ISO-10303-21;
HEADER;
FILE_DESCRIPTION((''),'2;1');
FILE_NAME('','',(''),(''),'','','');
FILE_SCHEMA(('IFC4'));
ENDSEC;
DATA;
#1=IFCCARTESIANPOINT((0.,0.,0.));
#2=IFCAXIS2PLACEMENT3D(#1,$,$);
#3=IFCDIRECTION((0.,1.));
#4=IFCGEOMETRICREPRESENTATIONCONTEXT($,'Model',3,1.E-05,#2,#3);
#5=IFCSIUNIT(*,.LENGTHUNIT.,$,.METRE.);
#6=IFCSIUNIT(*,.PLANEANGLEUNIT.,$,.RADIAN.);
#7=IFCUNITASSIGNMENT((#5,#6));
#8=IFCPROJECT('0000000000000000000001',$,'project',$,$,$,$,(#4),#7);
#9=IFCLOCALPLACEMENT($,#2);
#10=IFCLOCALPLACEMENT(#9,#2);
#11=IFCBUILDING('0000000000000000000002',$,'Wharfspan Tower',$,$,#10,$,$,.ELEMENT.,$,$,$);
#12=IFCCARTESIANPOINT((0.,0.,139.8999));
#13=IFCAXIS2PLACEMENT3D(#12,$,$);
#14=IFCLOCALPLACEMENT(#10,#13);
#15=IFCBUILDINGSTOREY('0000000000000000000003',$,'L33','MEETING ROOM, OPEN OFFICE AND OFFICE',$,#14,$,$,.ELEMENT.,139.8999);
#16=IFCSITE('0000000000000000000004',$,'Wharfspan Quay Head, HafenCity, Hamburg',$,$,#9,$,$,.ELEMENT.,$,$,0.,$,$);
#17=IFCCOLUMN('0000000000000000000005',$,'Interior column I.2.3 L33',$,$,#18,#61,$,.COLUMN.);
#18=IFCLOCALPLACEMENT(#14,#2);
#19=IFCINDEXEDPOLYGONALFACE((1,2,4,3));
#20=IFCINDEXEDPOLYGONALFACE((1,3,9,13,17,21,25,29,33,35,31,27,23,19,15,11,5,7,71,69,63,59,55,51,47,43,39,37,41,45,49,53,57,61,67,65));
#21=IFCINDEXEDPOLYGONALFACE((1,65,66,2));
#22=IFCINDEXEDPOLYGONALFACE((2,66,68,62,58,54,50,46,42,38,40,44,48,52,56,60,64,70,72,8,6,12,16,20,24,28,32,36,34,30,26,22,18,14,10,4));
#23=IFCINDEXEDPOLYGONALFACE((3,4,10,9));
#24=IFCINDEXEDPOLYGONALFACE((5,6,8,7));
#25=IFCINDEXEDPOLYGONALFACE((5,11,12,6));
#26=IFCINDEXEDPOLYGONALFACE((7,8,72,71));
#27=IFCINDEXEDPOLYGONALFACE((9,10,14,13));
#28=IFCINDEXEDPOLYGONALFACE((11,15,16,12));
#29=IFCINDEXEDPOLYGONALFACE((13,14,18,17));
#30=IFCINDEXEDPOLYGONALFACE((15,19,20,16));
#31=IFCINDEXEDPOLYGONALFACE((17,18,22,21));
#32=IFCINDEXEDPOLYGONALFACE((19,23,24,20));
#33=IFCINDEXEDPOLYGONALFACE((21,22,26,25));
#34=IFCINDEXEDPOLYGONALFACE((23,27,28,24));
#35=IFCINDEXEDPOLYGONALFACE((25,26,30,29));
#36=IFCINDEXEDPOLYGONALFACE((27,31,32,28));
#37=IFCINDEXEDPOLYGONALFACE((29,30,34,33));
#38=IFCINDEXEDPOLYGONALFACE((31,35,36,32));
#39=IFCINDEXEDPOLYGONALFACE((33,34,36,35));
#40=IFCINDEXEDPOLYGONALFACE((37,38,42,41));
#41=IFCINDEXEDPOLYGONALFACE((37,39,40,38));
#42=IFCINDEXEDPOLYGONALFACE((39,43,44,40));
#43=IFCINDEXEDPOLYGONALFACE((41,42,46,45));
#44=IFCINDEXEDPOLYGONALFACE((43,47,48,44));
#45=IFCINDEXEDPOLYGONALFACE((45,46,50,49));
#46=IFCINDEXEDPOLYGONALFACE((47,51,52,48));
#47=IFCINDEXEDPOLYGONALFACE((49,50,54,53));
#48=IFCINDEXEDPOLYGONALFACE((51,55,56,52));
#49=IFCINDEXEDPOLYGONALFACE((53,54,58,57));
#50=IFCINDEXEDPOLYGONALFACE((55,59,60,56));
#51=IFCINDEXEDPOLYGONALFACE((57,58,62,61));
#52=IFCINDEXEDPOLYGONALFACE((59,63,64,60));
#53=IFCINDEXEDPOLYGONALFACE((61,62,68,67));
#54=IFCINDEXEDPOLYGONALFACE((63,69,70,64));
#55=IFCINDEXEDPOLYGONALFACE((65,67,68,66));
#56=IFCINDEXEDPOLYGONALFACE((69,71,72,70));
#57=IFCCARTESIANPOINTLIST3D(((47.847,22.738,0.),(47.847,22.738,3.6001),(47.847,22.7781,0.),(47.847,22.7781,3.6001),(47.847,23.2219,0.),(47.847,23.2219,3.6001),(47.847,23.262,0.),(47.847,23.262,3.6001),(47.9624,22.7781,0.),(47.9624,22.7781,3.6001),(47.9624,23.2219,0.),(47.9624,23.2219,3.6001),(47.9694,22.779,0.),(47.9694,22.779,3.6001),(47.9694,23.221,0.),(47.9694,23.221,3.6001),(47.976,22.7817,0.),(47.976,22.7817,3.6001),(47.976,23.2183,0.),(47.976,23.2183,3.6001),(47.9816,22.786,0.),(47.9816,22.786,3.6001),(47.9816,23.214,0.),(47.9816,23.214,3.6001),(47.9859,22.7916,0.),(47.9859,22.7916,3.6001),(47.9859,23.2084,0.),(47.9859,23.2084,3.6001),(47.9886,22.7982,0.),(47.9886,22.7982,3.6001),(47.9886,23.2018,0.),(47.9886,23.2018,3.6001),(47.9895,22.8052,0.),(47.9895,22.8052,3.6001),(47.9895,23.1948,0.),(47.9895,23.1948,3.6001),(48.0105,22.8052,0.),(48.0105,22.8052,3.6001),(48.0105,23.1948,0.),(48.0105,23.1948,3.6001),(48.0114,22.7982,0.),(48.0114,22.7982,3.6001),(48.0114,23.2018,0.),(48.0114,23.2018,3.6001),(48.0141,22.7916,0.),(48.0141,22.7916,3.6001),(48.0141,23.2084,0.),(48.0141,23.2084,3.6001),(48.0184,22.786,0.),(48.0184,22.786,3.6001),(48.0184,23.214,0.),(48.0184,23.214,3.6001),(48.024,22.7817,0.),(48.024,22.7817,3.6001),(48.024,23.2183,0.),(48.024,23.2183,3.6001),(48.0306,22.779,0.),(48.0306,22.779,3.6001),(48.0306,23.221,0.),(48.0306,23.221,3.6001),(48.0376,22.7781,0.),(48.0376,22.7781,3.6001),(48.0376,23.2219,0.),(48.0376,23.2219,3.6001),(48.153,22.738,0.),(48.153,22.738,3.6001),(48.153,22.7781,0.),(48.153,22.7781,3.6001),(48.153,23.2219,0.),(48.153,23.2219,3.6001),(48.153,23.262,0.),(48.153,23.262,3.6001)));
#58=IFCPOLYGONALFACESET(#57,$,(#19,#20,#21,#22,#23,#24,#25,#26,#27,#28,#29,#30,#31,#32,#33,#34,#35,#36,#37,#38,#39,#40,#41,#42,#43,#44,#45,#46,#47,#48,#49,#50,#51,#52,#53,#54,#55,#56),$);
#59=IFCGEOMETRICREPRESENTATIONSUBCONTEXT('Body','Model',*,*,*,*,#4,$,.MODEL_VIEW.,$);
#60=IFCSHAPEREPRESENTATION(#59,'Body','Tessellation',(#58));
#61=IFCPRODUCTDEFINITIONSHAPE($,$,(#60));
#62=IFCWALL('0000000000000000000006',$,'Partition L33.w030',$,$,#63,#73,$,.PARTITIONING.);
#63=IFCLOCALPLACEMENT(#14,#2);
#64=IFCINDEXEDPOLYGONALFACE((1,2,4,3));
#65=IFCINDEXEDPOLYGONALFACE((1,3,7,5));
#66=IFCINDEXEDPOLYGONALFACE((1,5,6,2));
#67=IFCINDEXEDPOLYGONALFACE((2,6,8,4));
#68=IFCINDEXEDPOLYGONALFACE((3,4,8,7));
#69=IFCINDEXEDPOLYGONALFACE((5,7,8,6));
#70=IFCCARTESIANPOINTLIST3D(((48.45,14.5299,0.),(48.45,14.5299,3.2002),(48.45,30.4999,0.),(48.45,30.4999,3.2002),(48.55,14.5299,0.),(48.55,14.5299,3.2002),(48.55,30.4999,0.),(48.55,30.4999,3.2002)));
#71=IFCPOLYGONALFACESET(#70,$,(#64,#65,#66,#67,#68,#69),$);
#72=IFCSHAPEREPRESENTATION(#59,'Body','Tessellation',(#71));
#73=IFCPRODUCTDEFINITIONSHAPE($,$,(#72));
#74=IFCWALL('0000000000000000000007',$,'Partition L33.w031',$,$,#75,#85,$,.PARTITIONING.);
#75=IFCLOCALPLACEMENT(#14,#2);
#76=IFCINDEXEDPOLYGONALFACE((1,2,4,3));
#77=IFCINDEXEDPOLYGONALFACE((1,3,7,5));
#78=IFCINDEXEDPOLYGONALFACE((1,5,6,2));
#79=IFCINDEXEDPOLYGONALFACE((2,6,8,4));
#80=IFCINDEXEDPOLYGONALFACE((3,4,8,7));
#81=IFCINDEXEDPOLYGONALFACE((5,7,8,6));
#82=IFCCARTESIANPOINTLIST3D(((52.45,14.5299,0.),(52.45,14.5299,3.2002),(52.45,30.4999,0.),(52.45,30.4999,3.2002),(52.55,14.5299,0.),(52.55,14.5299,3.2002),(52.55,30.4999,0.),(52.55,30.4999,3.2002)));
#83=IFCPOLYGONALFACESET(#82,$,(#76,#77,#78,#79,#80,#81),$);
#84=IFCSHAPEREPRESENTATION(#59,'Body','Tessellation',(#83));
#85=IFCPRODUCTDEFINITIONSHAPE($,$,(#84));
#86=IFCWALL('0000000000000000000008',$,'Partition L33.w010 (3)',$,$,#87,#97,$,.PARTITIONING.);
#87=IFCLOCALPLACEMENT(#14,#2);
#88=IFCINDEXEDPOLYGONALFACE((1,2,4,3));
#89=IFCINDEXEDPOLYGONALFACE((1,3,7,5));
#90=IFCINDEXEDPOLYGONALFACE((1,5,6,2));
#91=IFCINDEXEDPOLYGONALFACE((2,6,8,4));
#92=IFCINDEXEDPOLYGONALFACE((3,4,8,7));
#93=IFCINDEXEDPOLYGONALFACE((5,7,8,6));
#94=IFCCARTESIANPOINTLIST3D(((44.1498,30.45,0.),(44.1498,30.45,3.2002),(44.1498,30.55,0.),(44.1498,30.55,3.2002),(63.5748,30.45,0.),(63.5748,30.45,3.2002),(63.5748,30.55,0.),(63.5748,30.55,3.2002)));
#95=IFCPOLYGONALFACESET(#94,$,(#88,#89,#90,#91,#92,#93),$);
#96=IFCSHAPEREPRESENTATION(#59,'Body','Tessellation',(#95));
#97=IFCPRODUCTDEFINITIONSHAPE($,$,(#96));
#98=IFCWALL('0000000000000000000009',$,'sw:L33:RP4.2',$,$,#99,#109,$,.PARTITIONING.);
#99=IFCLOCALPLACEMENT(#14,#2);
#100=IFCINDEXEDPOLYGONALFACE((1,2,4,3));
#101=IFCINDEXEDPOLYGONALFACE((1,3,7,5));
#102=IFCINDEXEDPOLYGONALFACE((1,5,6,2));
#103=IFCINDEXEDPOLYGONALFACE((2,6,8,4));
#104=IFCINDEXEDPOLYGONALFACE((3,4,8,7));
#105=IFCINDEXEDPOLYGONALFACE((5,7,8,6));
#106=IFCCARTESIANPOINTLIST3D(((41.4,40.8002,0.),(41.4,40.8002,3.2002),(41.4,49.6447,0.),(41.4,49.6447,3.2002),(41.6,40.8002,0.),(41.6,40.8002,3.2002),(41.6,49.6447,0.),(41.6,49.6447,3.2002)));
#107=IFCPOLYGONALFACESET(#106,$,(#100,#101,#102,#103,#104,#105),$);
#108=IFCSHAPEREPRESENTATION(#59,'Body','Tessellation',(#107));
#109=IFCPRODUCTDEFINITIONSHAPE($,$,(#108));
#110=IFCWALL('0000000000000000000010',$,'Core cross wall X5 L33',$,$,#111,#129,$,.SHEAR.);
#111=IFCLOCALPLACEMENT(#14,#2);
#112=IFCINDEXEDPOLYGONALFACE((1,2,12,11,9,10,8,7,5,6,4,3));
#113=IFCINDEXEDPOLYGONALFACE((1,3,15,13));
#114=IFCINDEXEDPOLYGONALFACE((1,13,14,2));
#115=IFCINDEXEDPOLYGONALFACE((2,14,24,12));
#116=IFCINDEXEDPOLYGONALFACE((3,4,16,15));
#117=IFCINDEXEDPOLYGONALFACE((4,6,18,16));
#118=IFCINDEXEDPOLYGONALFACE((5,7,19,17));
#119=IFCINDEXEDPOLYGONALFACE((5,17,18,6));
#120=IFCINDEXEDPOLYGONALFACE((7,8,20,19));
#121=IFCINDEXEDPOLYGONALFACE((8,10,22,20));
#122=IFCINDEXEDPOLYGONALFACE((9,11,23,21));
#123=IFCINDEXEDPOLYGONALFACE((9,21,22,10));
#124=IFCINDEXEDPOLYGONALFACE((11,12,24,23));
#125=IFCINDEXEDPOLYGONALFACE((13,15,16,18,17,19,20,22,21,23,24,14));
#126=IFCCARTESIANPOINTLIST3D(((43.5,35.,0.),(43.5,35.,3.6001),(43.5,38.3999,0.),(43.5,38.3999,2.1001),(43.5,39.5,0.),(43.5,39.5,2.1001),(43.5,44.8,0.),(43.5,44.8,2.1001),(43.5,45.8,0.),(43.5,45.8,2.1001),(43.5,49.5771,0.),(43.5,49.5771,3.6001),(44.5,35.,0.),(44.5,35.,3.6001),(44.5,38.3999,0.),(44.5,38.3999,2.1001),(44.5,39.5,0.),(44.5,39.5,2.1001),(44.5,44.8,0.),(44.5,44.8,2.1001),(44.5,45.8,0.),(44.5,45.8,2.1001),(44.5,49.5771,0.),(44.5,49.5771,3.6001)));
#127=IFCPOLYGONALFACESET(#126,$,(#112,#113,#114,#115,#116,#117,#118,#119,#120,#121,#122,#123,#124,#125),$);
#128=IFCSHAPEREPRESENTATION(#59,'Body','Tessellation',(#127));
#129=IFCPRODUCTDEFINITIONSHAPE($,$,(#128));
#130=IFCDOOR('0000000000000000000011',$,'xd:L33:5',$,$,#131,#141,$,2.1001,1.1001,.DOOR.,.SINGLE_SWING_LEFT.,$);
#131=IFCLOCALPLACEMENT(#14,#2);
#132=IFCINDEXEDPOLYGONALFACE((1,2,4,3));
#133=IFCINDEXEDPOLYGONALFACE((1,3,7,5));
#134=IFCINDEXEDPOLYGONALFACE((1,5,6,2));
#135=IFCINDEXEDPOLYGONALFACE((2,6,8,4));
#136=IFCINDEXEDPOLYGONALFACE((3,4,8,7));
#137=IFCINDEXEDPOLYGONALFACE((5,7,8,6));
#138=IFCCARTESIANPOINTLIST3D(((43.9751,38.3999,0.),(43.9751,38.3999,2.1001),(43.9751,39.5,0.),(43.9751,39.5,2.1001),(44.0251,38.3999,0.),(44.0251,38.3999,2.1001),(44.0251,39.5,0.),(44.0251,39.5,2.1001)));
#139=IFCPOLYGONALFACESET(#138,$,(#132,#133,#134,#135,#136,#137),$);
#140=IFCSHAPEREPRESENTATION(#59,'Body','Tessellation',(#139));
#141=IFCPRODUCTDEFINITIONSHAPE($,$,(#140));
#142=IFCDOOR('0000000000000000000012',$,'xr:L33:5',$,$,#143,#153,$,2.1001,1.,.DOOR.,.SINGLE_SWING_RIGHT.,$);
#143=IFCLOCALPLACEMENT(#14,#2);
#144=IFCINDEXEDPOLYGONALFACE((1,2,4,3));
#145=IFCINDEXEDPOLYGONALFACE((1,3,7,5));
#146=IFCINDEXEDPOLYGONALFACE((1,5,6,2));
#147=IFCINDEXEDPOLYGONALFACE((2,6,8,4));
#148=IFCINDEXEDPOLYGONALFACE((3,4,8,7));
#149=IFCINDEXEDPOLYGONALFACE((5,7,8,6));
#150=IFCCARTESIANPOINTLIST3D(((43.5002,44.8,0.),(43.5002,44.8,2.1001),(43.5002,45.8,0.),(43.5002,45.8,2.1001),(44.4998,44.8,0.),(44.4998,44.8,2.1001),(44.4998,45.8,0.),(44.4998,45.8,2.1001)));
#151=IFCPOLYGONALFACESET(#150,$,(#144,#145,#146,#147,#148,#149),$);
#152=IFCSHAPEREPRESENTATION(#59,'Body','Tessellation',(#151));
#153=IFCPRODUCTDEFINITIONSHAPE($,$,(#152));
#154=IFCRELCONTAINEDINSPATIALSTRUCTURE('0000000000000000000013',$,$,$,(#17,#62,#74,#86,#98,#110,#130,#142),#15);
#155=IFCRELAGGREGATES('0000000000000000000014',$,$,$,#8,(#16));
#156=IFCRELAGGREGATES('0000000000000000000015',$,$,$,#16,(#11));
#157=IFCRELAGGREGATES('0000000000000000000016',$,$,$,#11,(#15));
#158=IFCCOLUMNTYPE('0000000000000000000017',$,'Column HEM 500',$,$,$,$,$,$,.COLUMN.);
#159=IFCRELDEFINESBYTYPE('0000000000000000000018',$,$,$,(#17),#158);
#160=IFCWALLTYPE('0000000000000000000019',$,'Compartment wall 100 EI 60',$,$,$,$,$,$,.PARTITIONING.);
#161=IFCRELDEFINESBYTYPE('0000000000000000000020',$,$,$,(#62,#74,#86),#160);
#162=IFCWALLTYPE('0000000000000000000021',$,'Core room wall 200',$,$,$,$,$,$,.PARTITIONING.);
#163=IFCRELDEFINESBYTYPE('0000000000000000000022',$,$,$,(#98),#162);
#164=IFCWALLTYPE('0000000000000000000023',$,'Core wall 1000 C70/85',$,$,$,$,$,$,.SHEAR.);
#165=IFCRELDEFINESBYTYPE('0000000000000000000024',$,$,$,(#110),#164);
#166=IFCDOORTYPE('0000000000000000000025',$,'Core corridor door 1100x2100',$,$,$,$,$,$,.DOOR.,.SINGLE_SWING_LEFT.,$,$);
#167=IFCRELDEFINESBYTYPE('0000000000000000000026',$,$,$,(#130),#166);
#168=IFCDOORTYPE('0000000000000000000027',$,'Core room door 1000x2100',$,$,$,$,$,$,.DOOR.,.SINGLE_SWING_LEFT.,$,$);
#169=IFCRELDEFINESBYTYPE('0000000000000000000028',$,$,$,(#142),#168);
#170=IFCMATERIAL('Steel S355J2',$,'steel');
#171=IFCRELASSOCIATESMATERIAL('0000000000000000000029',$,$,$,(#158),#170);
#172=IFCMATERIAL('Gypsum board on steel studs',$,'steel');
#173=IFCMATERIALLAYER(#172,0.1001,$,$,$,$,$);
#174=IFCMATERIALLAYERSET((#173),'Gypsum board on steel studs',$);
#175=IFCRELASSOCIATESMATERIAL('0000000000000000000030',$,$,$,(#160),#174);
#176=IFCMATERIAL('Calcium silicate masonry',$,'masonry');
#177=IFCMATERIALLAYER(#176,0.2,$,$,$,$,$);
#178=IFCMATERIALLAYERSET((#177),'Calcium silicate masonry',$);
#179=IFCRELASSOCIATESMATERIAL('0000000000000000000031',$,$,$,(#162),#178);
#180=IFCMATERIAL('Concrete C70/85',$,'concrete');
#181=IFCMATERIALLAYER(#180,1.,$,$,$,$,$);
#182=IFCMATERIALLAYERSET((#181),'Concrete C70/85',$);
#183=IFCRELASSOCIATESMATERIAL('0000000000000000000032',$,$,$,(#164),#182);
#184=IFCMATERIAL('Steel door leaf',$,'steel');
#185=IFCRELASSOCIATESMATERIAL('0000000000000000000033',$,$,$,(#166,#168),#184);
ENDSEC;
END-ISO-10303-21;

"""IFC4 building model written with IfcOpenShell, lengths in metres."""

from ifc_helpers import new_model, si_unit, direction, frame, frame_2d, origin, origin_2d, place, context, subcontext, project, spatial, rectangle, i_section, extrude, material, layer, layer_set, material_profile, profile_set, type_object, element, fill, save


model = new_model("IFC4")

# Units and contexts
model_context = context("Model", 3, precision=1e-05, world=origin(), true_north=direction((0.0, 1.0)))
body_context = subcontext(model_context, "Body", "Model", "MODEL_VIEW")
ifc_project = project(units=[si_unit("LENGTHUNIT", "METRE"), si_unit("PLANEANGLEUNIT", "RADIAN")], contexts=[model_context])

# Site, building, storey
site_placement = place(None, origin())
site = spatial("IfcSite", under=ifc_project, at=site_placement, Name="Wharfspan Quay Head, HafenCity, Hamburg", CompositionType="ELEMENT", RefElevation=0.0)
building_placement = place(site_placement, origin())
building = spatial("IfcBuilding", under=site, at=building_placement, Name="Wharfspan Tower", CompositionType="ELEMENT")
storey_placement = place(building_placement, frame((0.0, 0.0, 139.8999)))
storey = spatial("IfcBuildingStorey", under=building, at=storey_placement, Name="L33", Description="MEETING ROOM, OPEN OFFICE AND OFFICE", CompositionType="ELEMENT", Elevation=139.8999)

# Column
ifc_material_1 = material(Name="Steel S355J2", Category="steel")
ifc_material_profile = material_profile(ifc_material_1, i_section(OverallWidth=0.3059, OverallDepth=0.5239, WebThickness=0.021, FlangeThickness=0.04, FilletRadius=0.0271, at=origin_2d()))
ifc_profile_set = profile_set([ifc_material_profile], Name="Steel S355J2")
column_type = type_object("IfcColumnType", Name="Column HEM 500", PredefinedType="COLUMN", material=ifc_profile_set)
column_placement = place(storey_placement, frame((48.0, 23.0, 0.0), z_axis=(0.0, 0.0, 1.0), x_axis=(1.0, 0.0, 0.0)))
element("IfcColumn", 1, at=column_placement, inside=storey, type_object=column_type, Name="Interior column I.2.3 L33", PredefinedType="COLUMN", context=body_context, shape_type="SweptSolid", body=[
    extrude(i_section(OverallWidth=0.3059, OverallDepth=0.5239, WebThickness=0.021, FlangeThickness=0.04, FilletRadius=0.0271, at=origin_2d()), origin(), (0.0, 0.0, 1.0), 3.6001),
])

# Walls
ifc_material_2 = material(Name="Gypsum board on steel studs", Category="steel")
ifc_layer_1 = layer(ifc_material_2, 0.1001)
ifc_layer_set_1 = layer_set([ifc_layer_1], Name="Gypsum board on steel studs")
wall_type_1 = type_object("IfcWallType", Name="Compartment wall 100 EI 60", PredefinedType="PARTITIONING", material=ifc_layer_set_1)
for number, where, z_axis, x_axis, name in (
    (2, (48.5, 14.53, 0.0), (0.0, 0.0, 1.0), (0.0, 1.0, 0.0), "Partition L33.w030"),
    (3, (52.5, 14.53, 0.0), (0.0, 0.0, 1.0), (0.0, 1.0, 0.0), "Partition L33.w031"),
):
    element("IfcWall", number, at=place(storey_placement, frame(where, z_axis=z_axis, x_axis=x_axis)), inside=storey, type_object=wall_type_1, Name=name, PredefinedType="PARTITIONING", context=body_context, shape_type="SweptSolid", body=[
        extrude(rectangle(XDim=15.97, YDim=0.1001, at=frame_2d((7.9849, 0.0))), origin(), (0.0, 0.0, 1.0), 3.2002),
    ])
wall_1_placement = place(storey_placement, frame((44.1499, 30.5, 0.0), z_axis=(0.0, 0.0, 1.0), x_axis=(1.0, 0.0, 0.0)))
element("IfcWall", 4, at=wall_1_placement, inside=storey, type_object=wall_type_1, Name="Partition L33.w010 (3)", PredefinedType="PARTITIONING", context=body_context, shape_type="SweptSolid", body=[
    extrude(rectangle(XDim=19.425, YDim=0.1001, at=frame_2d((9.7124, 0.0))), origin(), (0.0, 0.0, 1.0), 3.2002),
])
ifc_material_3 = material(Name="Calcium silicate masonry", Category="masonry")
ifc_layer_2 = layer(ifc_material_3, 0.2)
ifc_layer_set_2 = layer_set([ifc_layer_2], Name="Calcium silicate masonry")
wall_type_2 = type_object("IfcWallType", Name="Core room wall 200", PredefinedType="PARTITIONING", material=ifc_layer_set_2)
wall_2_placement = place(storey_placement, frame((41.5, 40.8, 0.0), z_axis=(0.0, 0.0, 1.0), x_axis=(0.0, 1.0, 0.0)))
element("IfcWall", 5, at=wall_2_placement, inside=storey, type_object=wall_type_2, Name="sw:L33:RP4.2", PredefinedType="PARTITIONING", context=body_context, shape_type="SweptSolid", body=[
    extrude(rectangle(XDim=8.8445, YDim=0.2, at=frame_2d((4.4224, 0.0))), origin(), (0.0, 0.0, 1.0), 3.2002),
])

# Wall, openings, doors
ifc_material_4 = material(Name="Concrete C70/85", Category="concrete")
ifc_layer_3 = layer(ifc_material_4, 1.0)
ifc_layer_set_3 = layer_set([ifc_layer_3], Name="Concrete C70/85")
wall_type_3 = type_object("IfcWallType", Name="Core wall 1000 C70/85", PredefinedType="SHEAR", material=ifc_layer_set_3)
wall_3_placement = place(storey_placement, frame((44.0, 35.0, 0.0), z_axis=(0.0, 0.0, 1.0), x_axis=(0.0, 1.0, 0.0)))
wall_3 = element("IfcWall", 6, at=wall_3_placement, inside=storey, type_object=wall_type_3, Name="Core cross wall X5 L33", PredefinedType="SHEAR", context=body_context, shape_type="SweptSolid", body=[
    extrude(rectangle(XDim=14.5771, YDim=1.0, at=frame_2d((7.2886, 0.0))), origin(), (0.0, 0.0, 1.0), 3.6001),
])
opening_1_placement = place(wall_3_placement, frame((3.3999, 0.0, 0.0)))
opening_1 = element("IfcOpeningElement", 7, at=opening_1_placement, cuts=wall_3, PredefinedType="OPENING", context=body_context, shape_type="SweptSolid", body=[
    extrude(rectangle(XDim=1.1001, YDim=2.1001, at=frame_2d((0.55, 1.05))), frame((0.0, 0.51, 0.0), z_axis=(0.0, -1.0, 0.0), x_axis=(1.0, 0.0, 0.0)), (0.0, 0.0, 1.0), 1.02),
])
opening_2_placement = place(wall_3_placement, frame((9.8, 0.0, 0.0)))
opening_2 = element("IfcOpeningElement", 8, at=opening_2_placement, cuts=wall_3, PredefinedType="OPENING", context=body_context, shape_type="SweptSolid", body=[
    extrude(rectangle(XDim=1.0, YDim=2.1001, at=frame_2d((0.5, 1.05))), frame((0.0, 0.51, 0.0), z_axis=(0.0, -1.0, 0.0), x_axis=(1.0, 0.0, 0.0)), (0.0, 0.0, 1.0), 1.02),
])
ifc_material_5 = material(Name="Steel door leaf", Category="steel")
door_type_1 = type_object("IfcDoorType", Name="Core corridor door 1100x2100", OperationType="SINGLE_SWING_LEFT", PredefinedType="DOOR", material=ifc_material_5)
door_1_placement = place(opening_1_placement, origin())
door_1 = element("IfcDoor", 9, at=door_1_placement, inside=storey, type_object=door_type_1, Name="xd:L33:5", OperationType="SINGLE_SWING_LEFT", OverallHeight=2.1001, OverallWidth=1.1001, PredefinedType="DOOR", context=body_context, shape_type="SweptSolid", body=[
    extrude(rectangle(XDim=1.1001, YDim=2.1001, at=frame_2d((0.55, 1.05))), frame((0.0, 0.0249, 0.0), z_axis=(0.0, -1.0, 0.0), x_axis=(1.0, 0.0, 0.0)), (0.0, 0.0, 1.0), 0.05),
])
fill(opening_1, door_1)
door_type_2 = type_object("IfcDoorType", Name="Core room door 1000x2100", OperationType="SINGLE_SWING_LEFT", PredefinedType="DOOR", material=ifc_material_5)
door_2_placement = place(opening_2_placement, origin())
door_2 = element("IfcDoor", 10, at=door_2_placement, inside=storey, type_object=door_type_2, Name="xr:L33:5", OperationType="SINGLE_SWING_RIGHT", OverallHeight=2.1001, OverallWidth=1.0, PredefinedType="DOOR", context=body_context, shape_type="SweptSolid", body=[
    extrude(rectangle(XDim=1.0, YDim=2.1001, at=frame_2d((0.5, 1.05))), frame((0.0, 0.4998, 0.0), z_axis=(0.0, -1.0, 0.0), x_axis=(1.0, 0.0, 0.0)), (0.0, 0.0, 1.0), 0.9995),
])
fill(opening_2, door_2)

save(model, "model.ifc")
